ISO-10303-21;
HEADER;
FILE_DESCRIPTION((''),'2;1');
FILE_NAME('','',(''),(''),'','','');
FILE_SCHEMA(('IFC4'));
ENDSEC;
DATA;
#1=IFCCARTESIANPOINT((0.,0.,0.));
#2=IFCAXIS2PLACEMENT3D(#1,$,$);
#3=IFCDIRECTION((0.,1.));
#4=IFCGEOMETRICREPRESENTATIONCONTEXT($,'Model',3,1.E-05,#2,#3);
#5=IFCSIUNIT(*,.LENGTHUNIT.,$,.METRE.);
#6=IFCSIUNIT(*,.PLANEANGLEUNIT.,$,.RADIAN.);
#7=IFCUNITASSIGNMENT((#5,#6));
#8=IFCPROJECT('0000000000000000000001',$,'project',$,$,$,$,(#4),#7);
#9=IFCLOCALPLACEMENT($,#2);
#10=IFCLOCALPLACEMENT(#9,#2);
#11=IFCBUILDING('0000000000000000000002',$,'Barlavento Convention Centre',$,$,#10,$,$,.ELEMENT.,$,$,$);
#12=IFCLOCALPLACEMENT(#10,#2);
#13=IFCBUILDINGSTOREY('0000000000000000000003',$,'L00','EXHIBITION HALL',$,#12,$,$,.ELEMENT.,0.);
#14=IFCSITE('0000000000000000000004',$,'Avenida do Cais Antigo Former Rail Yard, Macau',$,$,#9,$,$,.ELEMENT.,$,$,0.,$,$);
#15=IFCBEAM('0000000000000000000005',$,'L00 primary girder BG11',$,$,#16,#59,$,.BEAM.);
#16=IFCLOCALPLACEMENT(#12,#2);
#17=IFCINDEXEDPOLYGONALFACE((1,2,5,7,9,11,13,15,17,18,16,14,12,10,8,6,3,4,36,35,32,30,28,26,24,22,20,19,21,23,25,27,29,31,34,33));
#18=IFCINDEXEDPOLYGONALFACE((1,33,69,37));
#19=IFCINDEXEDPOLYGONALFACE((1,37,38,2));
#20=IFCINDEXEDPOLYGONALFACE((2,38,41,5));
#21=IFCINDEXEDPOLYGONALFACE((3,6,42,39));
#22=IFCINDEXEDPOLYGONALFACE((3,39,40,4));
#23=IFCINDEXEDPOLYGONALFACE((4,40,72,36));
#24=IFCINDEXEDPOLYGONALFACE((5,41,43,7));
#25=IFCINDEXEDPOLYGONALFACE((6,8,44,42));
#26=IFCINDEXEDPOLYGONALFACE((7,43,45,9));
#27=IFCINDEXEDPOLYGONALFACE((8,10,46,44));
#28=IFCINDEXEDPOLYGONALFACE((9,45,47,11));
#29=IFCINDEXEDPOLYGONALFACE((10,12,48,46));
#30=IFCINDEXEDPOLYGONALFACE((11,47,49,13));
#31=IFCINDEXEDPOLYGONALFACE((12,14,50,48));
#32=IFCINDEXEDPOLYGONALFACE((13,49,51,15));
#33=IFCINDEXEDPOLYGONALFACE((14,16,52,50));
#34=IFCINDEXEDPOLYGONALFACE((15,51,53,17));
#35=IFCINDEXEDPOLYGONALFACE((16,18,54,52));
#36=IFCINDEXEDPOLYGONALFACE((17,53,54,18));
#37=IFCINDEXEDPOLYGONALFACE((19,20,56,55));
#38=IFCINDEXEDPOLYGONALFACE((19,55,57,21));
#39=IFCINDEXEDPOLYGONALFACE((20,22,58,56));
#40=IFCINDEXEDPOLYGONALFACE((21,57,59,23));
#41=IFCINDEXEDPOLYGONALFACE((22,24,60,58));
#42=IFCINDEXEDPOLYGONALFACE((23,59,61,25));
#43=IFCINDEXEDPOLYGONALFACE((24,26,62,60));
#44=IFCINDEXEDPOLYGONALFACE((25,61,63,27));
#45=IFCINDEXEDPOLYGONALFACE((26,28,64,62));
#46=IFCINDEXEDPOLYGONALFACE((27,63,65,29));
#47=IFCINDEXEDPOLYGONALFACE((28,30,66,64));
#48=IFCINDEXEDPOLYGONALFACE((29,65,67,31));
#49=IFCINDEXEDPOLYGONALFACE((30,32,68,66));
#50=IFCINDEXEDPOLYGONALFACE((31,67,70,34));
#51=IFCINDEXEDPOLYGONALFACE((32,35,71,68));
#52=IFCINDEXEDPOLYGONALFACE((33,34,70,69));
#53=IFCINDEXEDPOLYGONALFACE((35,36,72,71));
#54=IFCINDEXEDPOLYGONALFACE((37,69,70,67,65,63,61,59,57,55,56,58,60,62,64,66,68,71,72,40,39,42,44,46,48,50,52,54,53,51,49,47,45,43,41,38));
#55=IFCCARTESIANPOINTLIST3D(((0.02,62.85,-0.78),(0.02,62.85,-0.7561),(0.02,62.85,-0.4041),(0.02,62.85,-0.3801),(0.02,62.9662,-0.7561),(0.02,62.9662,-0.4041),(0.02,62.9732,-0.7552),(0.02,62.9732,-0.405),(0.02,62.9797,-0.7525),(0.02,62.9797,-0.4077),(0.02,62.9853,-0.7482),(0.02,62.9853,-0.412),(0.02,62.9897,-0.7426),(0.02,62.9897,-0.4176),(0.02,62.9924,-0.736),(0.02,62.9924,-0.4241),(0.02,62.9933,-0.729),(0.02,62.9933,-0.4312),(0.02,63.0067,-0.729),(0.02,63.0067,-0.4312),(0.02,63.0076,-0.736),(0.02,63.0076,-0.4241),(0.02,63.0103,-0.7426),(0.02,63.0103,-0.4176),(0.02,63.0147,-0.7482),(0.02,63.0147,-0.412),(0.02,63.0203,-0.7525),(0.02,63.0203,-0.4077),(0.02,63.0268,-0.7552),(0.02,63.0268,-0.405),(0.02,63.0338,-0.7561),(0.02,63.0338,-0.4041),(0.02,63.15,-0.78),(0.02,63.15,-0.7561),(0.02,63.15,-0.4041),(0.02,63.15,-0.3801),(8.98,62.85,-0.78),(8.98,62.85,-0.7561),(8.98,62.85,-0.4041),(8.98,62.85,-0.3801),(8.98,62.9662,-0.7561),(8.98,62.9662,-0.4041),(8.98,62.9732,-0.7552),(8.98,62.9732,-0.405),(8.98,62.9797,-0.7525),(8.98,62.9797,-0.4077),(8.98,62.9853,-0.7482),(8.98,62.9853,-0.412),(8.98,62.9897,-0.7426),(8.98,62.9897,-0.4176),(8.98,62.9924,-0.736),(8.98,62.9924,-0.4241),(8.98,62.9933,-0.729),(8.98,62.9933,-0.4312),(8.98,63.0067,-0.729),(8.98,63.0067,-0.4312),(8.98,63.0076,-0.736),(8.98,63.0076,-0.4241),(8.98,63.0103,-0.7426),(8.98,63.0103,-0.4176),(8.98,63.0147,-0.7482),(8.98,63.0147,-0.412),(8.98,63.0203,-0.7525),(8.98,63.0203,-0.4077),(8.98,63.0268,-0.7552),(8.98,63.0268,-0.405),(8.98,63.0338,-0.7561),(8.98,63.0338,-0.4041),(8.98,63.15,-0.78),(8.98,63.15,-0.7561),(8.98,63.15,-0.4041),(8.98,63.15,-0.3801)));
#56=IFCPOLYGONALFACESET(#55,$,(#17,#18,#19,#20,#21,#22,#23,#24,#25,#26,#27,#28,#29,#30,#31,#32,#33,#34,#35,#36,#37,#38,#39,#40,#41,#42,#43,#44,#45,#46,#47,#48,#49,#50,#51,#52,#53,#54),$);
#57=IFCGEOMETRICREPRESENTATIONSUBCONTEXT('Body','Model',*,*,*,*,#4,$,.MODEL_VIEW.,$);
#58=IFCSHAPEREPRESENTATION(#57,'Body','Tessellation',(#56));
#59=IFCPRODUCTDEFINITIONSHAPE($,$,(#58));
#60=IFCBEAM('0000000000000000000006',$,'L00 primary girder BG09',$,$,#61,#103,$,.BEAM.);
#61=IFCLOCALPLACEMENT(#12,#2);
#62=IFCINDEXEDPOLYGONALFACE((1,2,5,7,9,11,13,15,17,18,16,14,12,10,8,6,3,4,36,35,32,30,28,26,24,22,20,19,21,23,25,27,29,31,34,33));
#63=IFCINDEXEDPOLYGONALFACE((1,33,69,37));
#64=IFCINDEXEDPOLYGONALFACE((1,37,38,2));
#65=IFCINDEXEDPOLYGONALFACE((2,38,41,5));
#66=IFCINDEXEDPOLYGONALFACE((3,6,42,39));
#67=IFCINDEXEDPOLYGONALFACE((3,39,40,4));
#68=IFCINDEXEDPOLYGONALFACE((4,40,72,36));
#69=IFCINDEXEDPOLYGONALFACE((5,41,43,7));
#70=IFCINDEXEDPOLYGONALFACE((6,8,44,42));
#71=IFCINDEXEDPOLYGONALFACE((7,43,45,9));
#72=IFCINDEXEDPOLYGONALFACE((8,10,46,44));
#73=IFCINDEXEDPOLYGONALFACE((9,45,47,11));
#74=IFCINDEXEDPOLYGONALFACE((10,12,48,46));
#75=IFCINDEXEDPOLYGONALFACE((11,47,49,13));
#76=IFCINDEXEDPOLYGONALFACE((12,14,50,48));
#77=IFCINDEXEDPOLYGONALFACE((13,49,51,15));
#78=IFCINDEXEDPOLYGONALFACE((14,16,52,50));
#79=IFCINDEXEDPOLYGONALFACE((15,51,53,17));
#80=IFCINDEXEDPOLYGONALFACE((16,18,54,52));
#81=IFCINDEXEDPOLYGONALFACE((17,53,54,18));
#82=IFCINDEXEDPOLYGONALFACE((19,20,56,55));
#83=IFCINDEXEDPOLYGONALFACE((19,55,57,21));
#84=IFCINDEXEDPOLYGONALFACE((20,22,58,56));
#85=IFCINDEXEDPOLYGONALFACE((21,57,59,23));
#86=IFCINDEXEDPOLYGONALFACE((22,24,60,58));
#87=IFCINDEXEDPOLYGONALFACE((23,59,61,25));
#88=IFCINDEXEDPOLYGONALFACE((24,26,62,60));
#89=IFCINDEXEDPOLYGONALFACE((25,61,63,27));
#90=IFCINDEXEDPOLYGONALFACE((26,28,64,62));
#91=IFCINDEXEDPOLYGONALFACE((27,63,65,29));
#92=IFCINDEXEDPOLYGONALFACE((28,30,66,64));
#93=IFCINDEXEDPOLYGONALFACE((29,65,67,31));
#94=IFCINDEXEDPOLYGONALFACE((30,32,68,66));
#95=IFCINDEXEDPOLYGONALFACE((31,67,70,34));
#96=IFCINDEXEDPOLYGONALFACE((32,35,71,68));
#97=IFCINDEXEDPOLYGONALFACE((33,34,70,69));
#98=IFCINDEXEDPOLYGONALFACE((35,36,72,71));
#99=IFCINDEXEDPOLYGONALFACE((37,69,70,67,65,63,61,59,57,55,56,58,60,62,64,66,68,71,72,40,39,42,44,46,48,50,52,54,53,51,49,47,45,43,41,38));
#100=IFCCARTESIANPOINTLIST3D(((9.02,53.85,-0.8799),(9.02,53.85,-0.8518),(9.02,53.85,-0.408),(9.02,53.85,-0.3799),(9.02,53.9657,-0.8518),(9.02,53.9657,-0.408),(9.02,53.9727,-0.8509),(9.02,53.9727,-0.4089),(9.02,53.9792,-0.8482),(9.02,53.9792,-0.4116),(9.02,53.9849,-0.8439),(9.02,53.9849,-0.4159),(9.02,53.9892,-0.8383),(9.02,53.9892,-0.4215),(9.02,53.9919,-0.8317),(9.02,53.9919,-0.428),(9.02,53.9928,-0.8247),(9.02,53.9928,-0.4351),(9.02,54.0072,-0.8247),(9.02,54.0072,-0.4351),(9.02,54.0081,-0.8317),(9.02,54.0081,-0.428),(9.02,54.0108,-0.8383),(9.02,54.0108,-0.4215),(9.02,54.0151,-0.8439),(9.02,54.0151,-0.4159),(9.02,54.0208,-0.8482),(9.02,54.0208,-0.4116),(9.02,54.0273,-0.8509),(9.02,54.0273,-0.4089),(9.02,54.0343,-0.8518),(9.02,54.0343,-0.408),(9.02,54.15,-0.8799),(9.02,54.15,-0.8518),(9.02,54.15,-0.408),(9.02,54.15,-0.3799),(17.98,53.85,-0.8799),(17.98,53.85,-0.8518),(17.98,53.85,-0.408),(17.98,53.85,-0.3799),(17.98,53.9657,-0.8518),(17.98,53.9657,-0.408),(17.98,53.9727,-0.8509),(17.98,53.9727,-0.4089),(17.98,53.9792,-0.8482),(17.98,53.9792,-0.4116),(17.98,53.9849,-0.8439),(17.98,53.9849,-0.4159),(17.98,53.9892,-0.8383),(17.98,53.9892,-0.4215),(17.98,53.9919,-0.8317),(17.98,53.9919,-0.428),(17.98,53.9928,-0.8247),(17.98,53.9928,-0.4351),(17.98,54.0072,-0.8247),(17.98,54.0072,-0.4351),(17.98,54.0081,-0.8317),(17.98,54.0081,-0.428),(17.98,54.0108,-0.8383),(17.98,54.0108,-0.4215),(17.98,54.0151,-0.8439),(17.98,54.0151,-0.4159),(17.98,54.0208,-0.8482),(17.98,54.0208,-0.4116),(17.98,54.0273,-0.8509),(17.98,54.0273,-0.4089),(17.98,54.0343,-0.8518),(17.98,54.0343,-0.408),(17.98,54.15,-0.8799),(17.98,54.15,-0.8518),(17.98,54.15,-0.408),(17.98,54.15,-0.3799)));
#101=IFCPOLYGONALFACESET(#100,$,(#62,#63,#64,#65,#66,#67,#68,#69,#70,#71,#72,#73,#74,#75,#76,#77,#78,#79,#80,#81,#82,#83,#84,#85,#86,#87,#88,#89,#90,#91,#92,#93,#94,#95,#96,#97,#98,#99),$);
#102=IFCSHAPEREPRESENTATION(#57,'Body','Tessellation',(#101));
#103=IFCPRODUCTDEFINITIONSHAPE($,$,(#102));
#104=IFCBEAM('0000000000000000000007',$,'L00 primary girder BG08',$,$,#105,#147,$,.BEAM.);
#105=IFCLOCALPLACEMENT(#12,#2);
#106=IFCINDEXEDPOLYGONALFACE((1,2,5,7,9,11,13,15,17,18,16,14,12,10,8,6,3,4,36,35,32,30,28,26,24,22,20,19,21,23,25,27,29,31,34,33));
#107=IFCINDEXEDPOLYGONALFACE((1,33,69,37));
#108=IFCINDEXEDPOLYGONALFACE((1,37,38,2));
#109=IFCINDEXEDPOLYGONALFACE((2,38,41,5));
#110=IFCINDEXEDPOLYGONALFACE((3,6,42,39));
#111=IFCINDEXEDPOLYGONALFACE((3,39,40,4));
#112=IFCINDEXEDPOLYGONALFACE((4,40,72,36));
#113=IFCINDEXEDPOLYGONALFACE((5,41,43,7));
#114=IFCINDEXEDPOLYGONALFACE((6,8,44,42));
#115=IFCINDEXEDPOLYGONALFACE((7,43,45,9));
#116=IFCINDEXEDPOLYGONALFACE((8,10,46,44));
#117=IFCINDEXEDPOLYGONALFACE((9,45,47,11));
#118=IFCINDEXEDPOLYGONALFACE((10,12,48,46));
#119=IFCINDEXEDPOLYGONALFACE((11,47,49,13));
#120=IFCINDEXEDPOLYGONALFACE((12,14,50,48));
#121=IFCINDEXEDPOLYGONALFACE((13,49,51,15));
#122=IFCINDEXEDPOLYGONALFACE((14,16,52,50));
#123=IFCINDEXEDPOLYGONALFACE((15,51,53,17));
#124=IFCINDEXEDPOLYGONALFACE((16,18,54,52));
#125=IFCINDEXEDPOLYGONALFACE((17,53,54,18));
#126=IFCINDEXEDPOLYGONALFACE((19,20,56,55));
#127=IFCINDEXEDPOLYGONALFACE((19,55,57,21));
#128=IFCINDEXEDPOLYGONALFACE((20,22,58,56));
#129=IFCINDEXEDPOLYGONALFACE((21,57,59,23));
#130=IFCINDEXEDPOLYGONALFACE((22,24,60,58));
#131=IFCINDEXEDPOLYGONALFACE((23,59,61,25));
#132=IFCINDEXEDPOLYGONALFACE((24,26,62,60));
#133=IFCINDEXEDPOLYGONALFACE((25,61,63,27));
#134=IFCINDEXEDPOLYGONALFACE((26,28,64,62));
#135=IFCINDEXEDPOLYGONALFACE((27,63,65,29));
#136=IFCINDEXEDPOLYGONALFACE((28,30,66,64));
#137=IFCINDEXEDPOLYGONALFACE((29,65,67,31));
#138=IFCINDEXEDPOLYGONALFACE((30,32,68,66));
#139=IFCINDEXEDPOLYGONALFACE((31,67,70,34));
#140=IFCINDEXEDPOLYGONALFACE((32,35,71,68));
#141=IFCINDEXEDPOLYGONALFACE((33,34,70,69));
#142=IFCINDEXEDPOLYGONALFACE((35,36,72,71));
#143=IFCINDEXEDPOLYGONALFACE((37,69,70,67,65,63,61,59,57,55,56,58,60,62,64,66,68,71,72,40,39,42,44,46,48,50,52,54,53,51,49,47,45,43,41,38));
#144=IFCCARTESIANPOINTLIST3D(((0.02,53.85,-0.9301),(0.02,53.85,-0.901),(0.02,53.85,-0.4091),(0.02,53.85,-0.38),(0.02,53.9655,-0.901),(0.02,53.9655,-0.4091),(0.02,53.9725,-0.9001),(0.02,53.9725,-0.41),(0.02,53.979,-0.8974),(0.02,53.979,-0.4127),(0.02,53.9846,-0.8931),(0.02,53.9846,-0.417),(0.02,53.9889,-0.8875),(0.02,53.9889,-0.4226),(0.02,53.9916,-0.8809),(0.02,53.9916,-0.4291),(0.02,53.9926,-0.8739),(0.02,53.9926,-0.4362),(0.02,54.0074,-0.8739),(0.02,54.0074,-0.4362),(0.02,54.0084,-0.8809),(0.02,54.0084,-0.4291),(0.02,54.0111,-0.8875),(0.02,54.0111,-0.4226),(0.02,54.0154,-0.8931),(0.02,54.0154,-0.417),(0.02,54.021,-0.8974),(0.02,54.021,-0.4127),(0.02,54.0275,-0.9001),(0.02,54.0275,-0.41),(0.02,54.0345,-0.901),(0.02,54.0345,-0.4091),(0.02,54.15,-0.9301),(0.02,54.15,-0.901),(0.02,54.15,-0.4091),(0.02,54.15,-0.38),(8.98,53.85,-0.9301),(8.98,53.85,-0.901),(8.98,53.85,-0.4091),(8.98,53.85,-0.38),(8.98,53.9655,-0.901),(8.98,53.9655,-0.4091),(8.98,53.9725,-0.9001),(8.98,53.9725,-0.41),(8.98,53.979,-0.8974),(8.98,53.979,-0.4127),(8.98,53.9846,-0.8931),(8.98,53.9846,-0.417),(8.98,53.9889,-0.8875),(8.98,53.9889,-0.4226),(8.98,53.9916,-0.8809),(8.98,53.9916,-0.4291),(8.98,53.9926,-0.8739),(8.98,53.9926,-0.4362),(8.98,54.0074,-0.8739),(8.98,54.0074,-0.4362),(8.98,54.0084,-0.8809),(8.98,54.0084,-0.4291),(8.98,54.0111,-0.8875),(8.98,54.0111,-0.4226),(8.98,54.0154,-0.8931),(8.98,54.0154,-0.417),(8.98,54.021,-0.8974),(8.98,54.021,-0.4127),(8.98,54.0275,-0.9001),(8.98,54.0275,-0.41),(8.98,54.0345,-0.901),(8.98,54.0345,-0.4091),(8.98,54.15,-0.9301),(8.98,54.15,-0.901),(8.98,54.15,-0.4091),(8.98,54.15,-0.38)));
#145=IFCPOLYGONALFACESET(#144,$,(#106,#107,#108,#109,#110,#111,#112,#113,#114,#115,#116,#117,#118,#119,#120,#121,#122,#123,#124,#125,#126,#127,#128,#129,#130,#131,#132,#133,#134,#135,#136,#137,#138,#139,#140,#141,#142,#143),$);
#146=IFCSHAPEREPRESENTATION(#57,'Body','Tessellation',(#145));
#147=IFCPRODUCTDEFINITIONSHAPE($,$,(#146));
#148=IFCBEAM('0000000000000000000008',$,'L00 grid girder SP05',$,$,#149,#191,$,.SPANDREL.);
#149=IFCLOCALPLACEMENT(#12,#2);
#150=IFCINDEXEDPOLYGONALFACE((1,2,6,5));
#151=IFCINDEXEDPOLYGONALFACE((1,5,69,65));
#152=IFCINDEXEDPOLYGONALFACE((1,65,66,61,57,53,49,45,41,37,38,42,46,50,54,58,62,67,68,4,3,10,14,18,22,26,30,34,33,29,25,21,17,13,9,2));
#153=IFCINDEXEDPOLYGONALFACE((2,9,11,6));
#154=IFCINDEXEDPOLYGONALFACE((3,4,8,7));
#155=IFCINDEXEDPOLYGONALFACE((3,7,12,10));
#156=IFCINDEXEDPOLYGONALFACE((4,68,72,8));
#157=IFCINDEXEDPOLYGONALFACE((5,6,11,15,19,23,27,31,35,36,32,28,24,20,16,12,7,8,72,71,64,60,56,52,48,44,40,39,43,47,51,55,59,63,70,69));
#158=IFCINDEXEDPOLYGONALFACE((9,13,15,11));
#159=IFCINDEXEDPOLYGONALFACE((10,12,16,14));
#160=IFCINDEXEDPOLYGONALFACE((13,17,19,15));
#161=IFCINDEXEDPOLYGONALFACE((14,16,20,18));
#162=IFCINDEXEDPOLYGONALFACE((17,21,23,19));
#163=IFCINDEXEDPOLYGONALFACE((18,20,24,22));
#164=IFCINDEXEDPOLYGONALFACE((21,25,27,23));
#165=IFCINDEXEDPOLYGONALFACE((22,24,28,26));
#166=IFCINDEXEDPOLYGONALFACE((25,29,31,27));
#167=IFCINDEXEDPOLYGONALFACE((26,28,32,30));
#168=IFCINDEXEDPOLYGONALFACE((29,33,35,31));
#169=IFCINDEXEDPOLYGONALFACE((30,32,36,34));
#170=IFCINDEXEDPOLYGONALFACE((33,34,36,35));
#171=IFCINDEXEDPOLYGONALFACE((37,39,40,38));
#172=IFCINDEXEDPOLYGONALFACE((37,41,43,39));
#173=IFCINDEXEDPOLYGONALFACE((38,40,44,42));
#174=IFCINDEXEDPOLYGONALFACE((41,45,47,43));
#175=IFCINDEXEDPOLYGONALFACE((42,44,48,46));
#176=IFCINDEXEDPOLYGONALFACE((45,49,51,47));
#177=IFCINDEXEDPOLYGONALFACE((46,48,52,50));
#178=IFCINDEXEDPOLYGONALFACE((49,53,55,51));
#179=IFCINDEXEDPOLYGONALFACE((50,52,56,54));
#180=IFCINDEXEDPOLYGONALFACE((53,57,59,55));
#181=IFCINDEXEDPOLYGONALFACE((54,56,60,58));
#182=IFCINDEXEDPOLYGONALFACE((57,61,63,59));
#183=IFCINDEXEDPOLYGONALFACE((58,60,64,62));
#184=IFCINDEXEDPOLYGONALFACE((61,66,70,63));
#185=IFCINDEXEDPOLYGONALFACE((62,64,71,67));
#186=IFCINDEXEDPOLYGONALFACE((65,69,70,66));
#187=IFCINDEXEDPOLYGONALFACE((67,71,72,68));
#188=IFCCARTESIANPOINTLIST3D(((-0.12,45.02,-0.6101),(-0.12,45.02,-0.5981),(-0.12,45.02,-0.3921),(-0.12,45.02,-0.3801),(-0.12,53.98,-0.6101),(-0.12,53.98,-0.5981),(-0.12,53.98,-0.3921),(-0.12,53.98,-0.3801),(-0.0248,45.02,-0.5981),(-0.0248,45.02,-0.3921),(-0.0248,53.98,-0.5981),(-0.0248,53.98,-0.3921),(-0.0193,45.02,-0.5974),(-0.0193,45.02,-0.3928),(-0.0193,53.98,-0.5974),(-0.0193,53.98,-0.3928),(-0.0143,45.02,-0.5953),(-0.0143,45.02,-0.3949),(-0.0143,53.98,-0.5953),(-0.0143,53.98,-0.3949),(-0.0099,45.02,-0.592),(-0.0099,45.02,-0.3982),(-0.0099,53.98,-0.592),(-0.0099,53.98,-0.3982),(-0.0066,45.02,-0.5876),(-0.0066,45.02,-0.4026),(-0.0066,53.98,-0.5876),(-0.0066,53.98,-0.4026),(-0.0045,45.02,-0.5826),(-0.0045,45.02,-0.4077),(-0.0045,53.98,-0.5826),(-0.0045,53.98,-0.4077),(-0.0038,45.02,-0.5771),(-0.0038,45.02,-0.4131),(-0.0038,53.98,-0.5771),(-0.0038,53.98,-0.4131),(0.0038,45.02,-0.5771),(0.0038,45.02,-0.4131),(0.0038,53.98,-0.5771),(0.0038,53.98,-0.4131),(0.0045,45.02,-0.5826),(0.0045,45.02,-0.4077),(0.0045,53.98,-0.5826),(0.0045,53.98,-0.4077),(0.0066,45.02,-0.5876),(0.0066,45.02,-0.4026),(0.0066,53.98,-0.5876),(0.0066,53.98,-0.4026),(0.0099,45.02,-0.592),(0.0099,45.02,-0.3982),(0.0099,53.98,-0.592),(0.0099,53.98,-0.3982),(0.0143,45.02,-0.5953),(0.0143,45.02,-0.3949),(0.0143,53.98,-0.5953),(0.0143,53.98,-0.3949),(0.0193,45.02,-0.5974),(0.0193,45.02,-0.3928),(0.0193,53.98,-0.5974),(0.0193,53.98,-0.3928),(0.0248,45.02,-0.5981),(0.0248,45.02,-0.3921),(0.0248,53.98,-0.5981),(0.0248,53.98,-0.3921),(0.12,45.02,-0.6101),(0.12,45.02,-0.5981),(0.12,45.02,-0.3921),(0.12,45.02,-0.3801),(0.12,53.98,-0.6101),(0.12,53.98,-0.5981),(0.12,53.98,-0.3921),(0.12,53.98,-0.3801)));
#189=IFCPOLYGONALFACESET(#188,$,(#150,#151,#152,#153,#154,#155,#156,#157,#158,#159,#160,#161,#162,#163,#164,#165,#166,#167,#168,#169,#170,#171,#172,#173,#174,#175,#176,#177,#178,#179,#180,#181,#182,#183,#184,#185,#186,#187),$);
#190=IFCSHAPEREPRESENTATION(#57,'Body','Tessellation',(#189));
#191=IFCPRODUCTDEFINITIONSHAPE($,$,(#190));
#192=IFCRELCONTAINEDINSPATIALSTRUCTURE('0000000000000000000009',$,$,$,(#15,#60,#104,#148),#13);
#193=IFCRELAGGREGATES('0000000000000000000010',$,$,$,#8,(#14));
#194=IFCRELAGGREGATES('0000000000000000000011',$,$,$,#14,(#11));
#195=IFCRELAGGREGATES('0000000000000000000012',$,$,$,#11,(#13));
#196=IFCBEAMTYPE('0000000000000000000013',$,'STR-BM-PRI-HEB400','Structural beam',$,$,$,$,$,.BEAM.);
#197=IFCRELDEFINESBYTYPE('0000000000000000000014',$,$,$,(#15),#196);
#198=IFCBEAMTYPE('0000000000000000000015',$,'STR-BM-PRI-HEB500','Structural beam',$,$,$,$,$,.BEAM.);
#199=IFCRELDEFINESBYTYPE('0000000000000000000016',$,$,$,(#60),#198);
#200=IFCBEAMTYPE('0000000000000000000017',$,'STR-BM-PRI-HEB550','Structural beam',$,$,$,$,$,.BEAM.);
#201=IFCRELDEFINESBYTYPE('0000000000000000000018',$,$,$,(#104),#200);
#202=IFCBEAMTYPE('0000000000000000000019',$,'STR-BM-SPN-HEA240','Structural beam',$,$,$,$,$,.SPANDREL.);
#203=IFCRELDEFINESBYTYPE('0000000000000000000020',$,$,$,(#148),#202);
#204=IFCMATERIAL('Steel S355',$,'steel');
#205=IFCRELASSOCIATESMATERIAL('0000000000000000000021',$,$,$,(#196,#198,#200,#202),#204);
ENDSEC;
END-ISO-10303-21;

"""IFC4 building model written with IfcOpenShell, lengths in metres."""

from ifc_helpers import new_model, si_unit, direction, frame, origin, origin_2d, place, context, subcontext, project, spatial, i_section, extrude, material, material_profile, profile_set, type_object, element, save


model = new_model("IFC4")

# Units and contexts
model_context = context("Model", 3, precision=1e-05, world=origin(), true_north=direction((0.0, 1.0)))
body_context = subcontext(model_context, "Body", "Model", "MODEL_VIEW")
ifc_project = project(units=[si_unit("LENGTHUNIT", "METRE"), si_unit("PLANEANGLEUNIT", "RADIAN")], contexts=[model_context])

# Site, building, storey
site_placement = place(None, origin())
site = spatial("IfcSite", under=ifc_project, at=site_placement, Name="Avenida do Cais Antigo Former Rail Yard, Macau", CompositionType="ELEMENT", RefElevation=0.0)
building_placement = place(site_placement, origin())
building = spatial("IfcBuilding", under=site, at=building_placement, Name="Barlavento Convention Centre", CompositionType="ELEMENT")
storey_placement = place(building_placement, origin())
storey = spatial("IfcBuildingStorey", under=building, at=storey_placement, Name="L00", Description="EXHIBITION HALL", CompositionType="ELEMENT", Elevation=0.0)

# Beams
ifc_material_1 = material(Name="Steel S355", Category="steel")
ifc_material_profile_1 = material_profile(ifc_material_1, i_section(OverallWidth=0.3, OverallDepth=0.3999, WebThickness=0.0134, FlangeThickness=0.0239, FilletRadius=0.0271, at=origin_2d()), Name="HEB 400")
ifc_profile_set_1 = profile_set([ifc_material_profile_1], Name="Steel S355")
beam_type_1 = type_object("IfcBeamType", Name="STR-BM-PRI-HEB400", Description="Structural beam", PredefinedType="BEAM", material=ifc_profile_set_1)
beam_1_placement = place(storey_placement, frame((0.02, 63.0, -0.5801), z_axis=(1.0, 0.0, 0.0), x_axis=(0.0, 1.0, 0.0)))
element("IfcBeam", 1, at=beam_1_placement, inside=storey, type_object=beam_type_1, Name="L00 primary girder BG11", PredefinedType="BEAM", context=body_context, shape_type="SweptSolid", body=[
    extrude(i_section(OverallWidth=0.3, OverallDepth=0.3999, WebThickness=0.0134, FlangeThickness=0.0239, FilletRadius=0.0271, at=origin_2d()), origin(), (0.0, 0.0, 1.0), 8.96),
])
ifc_material_profile_2 = material_profile(ifc_material_1, i_section(OverallWidth=0.3, OverallDepth=0.5, WebThickness=0.0144, FlangeThickness=0.0281, FilletRadius=0.0271, at=origin_2d()), Name="HEB 500")
ifc_profile_set_2 = profile_set([ifc_material_profile_2], Name="Steel S355")
beam_type_2 = type_object("IfcBeamType", Name="STR-BM-PRI-HEB500", Description="Structural beam", PredefinedType="BEAM", material=ifc_profile_set_2)
beam_2_placement = place(storey_placement, frame((9.02, 54.0, -0.6299), z_axis=(1.0, 0.0, 0.0), x_axis=(0.0, 1.0, 0.0)))
element("IfcBeam", 2, at=beam_2_placement, inside=storey, type_object=beam_type_2, Name="L00 primary girder BG09", PredefinedType="BEAM", context=body_context, shape_type="SweptSolid", body=[
    extrude(i_section(OverallWidth=0.3, OverallDepth=0.5, WebThickness=0.0144, FlangeThickness=0.0281, FilletRadius=0.0271, at=origin_2d()), origin(), (0.0, 0.0, 1.0), 8.96),
])
ifc_material_profile_3 = material_profile(ifc_material_1, i_section(OverallWidth=0.3, OverallDepth=0.55, WebThickness=0.0149, FlangeThickness=0.0291, FilletRadius=0.0271, at=origin_2d()), Name="HEB 550")
ifc_profile_set_3 = profile_set([ifc_material_profile_3], Name="Steel S355")
beam_type_3 = type_object("IfcBeamType", Name="STR-BM-PRI-HEB550", Description="Structural beam", PredefinedType="BEAM", material=ifc_profile_set_3)
beam_3_placement = place(storey_placement, frame((0.02, 54.0, -0.655), z_axis=(1.0, 0.0, 0.0), x_axis=(0.0, 1.0, 0.0)))
element("IfcBeam", 3, at=beam_3_placement, inside=storey, type_object=beam_type_3, Name="L00 primary girder BG08", PredefinedType="BEAM", context=body_context, shape_type="SweptSolid", body=[
    extrude(i_section(OverallWidth=0.3, OverallDepth=0.55, WebThickness=0.0149, FlangeThickness=0.0291, FilletRadius=0.0271, at=origin_2d()), origin(), (0.0, 0.0, 1.0), 8.96),
])
ifc_material_profile_4 = material_profile(ifc_material_1, i_section(OverallWidth=0.24, OverallDepth=0.23, WebThickness=0.0076, FlangeThickness=0.012, FilletRadius=0.021, at=origin_2d()), Name="HEA 240")
ifc_profile_set_4 = profile_set([ifc_material_profile_4], Name="Steel S355")
beam_type_4 = type_object("IfcBeamType", Name="STR-BM-SPN-HEA240", Description="Structural beam", PredefinedType="SPANDREL", material=ifc_profile_set_4)
beam_4_placement = place(storey_placement, frame((0.0, 45.02, -0.4951), z_axis=(0.0, 1.0, 0.0), x_axis=(-1.0, 0.0, 0.0)))
element("IfcBeam", 4, at=beam_4_placement, inside=storey, type_object=beam_type_4, Name="L00 grid girder SP05", PredefinedType="SPANDREL", context=body_context, shape_type="SweptSolid", body=[
    extrude(i_section(OverallWidth=0.24, OverallDepth=0.23, WebThickness=0.0076, FlangeThickness=0.012, FilletRadius=0.021, at=origin_2d()), origin(), (0.0, 0.0, 1.0), 8.96),
])

save(model, "model.ifc")
